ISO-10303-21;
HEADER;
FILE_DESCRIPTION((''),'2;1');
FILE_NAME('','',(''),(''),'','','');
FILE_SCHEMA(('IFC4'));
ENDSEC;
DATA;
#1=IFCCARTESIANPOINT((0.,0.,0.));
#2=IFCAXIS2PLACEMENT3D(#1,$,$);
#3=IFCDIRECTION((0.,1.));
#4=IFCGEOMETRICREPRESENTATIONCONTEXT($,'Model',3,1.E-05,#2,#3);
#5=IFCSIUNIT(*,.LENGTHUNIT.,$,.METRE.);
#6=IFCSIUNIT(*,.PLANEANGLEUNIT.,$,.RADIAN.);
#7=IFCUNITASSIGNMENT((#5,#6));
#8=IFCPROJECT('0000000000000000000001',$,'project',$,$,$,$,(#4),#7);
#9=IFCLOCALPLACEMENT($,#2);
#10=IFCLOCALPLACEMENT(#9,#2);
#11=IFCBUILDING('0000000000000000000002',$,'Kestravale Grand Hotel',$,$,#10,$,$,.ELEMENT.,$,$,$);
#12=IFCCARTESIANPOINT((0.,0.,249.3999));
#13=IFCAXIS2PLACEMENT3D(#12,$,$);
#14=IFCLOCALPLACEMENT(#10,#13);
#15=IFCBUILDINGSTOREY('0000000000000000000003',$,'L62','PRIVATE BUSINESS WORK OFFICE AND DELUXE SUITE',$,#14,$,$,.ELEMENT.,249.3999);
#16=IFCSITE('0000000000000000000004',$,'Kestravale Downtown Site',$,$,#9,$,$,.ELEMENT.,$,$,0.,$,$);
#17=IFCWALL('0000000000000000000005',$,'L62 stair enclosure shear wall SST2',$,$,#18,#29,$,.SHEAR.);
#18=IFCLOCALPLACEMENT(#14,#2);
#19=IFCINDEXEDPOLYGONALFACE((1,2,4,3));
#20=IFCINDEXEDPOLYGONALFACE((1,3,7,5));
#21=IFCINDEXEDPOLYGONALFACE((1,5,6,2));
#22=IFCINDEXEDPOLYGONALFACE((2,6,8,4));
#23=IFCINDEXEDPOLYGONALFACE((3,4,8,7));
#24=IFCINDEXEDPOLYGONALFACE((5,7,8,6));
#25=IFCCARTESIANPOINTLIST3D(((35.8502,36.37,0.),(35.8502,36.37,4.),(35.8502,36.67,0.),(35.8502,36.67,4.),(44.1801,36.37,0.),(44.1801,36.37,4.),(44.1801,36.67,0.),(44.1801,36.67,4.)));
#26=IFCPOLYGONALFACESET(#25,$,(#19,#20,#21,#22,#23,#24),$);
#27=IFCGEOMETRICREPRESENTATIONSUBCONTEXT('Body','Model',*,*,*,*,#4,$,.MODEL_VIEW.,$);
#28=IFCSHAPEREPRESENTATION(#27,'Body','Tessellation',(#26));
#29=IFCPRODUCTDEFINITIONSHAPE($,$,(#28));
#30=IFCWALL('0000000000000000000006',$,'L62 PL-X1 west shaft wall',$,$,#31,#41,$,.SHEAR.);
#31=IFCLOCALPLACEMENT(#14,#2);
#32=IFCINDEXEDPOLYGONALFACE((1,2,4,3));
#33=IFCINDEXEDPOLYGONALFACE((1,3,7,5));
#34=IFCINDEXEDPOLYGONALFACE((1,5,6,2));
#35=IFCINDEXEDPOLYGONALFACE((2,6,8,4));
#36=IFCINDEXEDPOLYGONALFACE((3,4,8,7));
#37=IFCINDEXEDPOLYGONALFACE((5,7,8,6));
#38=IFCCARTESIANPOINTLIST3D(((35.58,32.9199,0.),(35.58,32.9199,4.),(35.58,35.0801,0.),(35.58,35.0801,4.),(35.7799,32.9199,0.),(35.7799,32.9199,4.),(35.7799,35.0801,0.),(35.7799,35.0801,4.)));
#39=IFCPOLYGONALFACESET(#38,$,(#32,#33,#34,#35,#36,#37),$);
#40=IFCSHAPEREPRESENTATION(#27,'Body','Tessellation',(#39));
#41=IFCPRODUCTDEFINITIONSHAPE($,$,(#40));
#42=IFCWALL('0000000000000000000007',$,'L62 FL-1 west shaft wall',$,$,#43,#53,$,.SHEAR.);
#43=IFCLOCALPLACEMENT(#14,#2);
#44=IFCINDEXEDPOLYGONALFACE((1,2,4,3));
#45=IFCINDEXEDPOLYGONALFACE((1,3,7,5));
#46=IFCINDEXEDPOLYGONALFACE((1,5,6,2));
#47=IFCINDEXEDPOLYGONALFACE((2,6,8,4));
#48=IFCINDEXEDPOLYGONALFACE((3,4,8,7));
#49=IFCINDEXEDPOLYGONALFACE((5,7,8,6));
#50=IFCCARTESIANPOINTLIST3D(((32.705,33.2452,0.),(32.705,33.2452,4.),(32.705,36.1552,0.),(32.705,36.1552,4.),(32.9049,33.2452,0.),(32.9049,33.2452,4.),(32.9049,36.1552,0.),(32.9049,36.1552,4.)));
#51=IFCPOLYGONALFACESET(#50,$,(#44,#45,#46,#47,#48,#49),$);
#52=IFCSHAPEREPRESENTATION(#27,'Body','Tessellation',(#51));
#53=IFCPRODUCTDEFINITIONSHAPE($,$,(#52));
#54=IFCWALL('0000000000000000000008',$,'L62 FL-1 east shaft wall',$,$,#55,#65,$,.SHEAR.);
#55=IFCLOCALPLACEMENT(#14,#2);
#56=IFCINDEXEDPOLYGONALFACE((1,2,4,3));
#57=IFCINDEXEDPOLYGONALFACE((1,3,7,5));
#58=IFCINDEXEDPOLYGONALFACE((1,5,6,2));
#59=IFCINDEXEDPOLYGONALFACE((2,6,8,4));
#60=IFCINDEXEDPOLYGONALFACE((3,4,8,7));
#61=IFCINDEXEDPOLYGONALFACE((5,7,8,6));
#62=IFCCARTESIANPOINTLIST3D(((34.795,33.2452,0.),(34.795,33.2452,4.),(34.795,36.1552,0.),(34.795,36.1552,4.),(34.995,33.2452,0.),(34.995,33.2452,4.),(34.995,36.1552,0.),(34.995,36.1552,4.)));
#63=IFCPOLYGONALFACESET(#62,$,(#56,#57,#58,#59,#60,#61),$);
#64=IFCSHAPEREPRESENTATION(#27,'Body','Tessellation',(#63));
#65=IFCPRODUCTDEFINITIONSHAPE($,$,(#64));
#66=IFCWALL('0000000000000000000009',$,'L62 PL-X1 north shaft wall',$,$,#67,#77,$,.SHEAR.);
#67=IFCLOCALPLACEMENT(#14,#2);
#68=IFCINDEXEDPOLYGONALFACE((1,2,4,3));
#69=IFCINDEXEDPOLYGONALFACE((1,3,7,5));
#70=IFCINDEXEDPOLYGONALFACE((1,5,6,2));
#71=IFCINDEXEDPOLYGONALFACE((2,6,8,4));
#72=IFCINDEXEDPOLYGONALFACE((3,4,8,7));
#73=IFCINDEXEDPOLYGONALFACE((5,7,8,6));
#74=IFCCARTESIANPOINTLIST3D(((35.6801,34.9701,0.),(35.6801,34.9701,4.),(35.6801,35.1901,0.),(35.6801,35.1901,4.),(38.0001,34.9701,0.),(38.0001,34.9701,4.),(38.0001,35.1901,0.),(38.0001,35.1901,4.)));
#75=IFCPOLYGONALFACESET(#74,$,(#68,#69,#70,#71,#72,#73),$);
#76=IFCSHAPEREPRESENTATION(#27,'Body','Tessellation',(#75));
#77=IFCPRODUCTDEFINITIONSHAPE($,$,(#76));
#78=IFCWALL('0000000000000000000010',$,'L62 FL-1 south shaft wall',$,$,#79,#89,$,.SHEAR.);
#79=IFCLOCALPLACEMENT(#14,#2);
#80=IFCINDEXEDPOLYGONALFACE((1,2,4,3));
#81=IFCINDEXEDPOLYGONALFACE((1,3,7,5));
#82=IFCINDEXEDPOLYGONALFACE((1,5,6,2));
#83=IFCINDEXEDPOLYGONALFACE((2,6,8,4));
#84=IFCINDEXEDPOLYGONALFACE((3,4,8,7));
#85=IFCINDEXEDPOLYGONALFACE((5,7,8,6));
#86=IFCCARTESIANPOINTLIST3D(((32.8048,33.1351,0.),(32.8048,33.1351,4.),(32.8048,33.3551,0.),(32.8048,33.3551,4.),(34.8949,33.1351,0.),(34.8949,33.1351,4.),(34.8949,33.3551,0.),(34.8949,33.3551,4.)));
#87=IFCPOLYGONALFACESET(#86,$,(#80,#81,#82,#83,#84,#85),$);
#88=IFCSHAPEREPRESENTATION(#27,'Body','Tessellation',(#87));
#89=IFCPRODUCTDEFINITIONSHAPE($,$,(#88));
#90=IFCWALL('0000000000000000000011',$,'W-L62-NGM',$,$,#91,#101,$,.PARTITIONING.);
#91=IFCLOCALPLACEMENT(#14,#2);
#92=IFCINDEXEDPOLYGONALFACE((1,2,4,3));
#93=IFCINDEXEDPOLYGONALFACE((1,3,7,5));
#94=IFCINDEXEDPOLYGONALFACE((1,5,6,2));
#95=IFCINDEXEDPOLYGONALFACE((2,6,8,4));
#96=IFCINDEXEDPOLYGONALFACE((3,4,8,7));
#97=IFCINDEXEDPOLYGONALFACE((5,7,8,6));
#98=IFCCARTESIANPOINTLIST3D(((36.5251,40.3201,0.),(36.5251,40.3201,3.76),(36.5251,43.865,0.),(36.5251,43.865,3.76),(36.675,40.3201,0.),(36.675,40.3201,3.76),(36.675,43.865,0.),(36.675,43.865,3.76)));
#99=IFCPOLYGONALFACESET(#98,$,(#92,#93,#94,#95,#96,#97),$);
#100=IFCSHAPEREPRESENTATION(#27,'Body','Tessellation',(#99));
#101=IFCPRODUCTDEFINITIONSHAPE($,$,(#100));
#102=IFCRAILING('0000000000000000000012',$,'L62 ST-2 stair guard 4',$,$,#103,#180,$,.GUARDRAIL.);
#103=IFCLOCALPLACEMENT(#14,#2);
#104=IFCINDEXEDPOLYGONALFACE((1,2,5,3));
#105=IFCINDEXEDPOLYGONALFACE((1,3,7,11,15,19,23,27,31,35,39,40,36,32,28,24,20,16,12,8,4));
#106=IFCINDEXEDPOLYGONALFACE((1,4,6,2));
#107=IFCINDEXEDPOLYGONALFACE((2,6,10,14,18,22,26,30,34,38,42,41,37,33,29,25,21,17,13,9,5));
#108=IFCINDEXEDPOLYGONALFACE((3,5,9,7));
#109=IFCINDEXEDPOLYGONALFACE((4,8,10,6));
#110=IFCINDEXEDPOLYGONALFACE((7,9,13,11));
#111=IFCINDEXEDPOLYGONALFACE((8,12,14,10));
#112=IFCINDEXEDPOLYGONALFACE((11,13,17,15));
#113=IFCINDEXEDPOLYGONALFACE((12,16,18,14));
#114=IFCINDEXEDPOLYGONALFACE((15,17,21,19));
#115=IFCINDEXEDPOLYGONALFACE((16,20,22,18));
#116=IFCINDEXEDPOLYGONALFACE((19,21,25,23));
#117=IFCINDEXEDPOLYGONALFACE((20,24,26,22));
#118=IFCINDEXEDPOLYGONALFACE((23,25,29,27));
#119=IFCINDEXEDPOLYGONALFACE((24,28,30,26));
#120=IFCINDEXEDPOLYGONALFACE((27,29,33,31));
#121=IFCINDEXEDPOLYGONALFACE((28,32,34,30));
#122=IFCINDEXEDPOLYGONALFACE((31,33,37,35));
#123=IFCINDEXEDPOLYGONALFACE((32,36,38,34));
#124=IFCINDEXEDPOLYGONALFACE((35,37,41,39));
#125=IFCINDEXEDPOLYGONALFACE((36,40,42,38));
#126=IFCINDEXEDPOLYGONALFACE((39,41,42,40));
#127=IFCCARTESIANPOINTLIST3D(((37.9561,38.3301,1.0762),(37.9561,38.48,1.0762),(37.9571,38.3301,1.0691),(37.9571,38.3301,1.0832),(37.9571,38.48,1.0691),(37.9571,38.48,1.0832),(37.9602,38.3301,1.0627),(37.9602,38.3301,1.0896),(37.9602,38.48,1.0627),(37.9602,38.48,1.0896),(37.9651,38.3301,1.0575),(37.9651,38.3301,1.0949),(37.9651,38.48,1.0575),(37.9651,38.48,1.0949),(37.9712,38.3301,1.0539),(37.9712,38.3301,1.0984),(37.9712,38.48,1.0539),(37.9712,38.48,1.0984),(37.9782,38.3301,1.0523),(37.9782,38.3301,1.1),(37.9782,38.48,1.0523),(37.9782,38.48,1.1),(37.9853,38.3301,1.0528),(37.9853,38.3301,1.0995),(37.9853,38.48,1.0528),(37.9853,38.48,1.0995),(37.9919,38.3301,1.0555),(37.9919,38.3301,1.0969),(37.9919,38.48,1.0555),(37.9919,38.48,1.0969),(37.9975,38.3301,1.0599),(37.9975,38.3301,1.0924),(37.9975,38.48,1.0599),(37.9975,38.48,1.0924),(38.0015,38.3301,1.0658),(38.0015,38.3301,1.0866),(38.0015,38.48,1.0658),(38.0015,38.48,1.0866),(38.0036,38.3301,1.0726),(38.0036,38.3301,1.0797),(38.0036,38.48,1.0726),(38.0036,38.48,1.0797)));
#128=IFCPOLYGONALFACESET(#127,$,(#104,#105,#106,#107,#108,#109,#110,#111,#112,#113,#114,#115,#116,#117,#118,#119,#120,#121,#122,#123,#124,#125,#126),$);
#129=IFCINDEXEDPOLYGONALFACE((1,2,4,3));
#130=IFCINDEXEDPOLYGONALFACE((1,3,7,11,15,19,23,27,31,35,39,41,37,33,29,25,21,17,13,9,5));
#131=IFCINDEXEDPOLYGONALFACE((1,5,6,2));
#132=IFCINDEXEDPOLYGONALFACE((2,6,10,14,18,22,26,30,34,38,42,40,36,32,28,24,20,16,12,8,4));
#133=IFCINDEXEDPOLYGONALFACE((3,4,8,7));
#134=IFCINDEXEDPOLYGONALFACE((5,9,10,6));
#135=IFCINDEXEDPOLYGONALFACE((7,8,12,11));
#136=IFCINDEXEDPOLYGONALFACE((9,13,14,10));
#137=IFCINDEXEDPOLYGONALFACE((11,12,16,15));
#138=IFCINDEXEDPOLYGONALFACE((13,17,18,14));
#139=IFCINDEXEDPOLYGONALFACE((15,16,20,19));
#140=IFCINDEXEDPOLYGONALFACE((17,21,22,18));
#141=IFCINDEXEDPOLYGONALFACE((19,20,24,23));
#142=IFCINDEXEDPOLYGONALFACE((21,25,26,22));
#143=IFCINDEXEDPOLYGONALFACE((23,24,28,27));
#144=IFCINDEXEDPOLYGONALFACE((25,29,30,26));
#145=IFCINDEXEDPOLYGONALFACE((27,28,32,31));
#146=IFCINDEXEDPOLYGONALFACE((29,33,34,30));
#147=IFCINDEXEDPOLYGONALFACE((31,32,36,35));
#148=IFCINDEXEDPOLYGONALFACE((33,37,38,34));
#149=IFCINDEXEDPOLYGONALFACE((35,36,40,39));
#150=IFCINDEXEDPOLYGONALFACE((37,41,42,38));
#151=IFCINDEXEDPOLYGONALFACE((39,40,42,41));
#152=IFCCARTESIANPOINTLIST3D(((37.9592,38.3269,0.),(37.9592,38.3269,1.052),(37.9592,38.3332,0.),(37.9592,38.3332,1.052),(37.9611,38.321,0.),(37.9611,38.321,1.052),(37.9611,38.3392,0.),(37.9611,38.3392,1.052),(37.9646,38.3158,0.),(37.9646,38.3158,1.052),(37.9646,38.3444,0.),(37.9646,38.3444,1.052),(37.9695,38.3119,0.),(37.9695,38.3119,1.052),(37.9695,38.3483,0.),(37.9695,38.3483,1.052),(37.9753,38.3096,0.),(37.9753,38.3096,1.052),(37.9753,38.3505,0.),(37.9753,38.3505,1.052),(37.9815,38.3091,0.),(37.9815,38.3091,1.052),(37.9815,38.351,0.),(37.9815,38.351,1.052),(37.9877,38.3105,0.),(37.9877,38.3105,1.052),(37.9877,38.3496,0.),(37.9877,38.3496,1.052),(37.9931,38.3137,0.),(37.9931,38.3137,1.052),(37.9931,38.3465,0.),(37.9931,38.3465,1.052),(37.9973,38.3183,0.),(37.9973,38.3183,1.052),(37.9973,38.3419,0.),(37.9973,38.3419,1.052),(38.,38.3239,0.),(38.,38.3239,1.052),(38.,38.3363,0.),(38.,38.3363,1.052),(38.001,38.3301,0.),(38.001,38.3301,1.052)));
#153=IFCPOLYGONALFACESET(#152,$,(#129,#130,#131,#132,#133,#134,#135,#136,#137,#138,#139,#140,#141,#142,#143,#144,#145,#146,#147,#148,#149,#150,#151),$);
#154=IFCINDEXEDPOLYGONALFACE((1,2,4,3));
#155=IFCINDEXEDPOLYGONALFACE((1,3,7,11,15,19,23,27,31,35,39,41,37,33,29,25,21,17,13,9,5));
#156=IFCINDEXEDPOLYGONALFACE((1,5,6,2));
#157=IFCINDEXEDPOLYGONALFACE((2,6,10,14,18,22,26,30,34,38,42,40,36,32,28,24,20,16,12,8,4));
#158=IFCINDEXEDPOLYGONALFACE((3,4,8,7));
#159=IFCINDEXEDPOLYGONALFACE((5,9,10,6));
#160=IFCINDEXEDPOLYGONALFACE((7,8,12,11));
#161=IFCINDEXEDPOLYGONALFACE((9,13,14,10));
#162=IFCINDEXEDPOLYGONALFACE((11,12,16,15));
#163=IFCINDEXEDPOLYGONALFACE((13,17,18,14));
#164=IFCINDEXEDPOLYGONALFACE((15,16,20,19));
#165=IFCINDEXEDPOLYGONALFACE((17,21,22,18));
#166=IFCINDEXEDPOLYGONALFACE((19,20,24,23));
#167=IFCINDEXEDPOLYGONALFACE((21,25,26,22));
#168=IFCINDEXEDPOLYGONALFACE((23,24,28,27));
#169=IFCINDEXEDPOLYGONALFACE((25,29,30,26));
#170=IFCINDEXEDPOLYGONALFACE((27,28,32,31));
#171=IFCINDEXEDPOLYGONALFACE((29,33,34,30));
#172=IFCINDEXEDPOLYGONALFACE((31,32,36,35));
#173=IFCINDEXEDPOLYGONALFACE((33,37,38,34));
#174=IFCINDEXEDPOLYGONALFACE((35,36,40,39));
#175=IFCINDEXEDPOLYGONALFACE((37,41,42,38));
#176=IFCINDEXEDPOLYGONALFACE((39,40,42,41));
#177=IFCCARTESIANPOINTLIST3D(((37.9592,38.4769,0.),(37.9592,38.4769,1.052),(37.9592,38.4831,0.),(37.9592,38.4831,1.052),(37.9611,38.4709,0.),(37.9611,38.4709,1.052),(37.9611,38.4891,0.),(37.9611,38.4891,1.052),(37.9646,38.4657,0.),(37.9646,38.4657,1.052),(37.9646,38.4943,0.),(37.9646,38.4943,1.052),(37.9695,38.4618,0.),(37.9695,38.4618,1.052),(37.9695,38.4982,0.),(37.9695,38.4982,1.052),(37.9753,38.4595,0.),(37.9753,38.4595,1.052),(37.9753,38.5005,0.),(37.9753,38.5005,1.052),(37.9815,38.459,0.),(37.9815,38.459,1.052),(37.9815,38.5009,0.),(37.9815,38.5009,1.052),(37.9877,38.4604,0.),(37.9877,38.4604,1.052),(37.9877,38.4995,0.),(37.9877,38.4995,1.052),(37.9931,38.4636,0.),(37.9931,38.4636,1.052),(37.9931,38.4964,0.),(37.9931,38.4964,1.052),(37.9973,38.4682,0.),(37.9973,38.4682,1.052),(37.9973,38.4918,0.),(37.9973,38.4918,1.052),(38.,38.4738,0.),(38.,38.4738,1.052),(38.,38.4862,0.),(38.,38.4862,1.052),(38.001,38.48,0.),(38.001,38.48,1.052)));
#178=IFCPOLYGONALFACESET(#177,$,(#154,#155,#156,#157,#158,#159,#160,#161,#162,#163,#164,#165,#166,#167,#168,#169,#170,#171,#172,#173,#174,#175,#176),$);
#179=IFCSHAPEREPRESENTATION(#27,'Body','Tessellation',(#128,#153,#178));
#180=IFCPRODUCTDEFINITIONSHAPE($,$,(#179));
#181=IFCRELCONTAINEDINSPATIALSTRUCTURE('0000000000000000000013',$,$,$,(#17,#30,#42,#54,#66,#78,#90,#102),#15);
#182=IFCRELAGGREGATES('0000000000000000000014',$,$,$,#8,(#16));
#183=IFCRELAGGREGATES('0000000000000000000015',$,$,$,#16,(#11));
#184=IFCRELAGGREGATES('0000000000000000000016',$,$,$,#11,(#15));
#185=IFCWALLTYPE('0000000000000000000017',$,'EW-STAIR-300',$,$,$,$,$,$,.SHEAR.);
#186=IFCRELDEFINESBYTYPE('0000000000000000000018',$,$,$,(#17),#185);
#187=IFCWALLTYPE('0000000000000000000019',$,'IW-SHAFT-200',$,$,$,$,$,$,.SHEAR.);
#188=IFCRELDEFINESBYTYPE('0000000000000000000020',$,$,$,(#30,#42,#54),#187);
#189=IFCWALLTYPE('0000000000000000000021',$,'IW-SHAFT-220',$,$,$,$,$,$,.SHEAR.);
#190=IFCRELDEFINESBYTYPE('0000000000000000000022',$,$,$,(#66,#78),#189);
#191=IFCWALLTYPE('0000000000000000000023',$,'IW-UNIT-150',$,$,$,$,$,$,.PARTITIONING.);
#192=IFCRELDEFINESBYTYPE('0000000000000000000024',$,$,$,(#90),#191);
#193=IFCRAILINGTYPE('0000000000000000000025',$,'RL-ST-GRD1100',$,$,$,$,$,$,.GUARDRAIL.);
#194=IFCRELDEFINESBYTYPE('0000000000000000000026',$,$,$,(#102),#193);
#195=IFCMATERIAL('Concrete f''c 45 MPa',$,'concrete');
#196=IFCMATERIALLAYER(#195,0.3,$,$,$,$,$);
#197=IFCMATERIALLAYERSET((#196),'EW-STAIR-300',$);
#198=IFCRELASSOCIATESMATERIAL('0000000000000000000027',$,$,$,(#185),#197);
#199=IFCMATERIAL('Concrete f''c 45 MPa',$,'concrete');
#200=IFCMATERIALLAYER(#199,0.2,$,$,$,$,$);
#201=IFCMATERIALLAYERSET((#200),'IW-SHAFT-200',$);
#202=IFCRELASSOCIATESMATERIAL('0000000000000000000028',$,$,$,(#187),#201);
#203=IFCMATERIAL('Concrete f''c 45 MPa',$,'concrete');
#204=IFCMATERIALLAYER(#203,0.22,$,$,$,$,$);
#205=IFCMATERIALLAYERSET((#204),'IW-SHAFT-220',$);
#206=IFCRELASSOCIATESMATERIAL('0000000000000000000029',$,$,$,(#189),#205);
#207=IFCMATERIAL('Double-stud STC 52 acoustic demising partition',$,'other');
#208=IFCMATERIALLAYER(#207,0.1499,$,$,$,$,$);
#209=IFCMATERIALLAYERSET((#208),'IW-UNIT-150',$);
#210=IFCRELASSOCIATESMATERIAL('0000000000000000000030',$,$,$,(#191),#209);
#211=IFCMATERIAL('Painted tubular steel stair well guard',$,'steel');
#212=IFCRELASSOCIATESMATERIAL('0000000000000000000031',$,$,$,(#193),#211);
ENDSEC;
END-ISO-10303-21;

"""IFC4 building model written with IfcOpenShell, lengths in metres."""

from ifc_helpers import new_model, si_unit, direction, frame, frame_2d, origin, origin_2d, place, context, subcontext, project, spatial, rectangle, circle, extrude, material, layer, layer_set, type_object, element, save


model = new_model("IFC4")

# Units and contexts
model_context = context("Model", 3, precision=1e-05, world=origin(), true_north=direction((0.0, 1.0)))
body_context = subcontext(model_context, "Body", "Model", "MODEL_VIEW")
ifc_project = project(units=[si_unit("LENGTHUNIT", "METRE"), si_unit("PLANEANGLEUNIT", "RADIAN")], contexts=[model_context])

# Site, building, storey
site_placement = place(None, origin())
site = spatial("IfcSite", under=ifc_project, at=site_placement, Name="Kestravale Downtown Site", CompositionType="ELEMENT", RefElevation=0.0)
building_placement = place(site_placement, origin())
building = spatial("IfcBuilding", under=site, at=building_placement, Name="Kestravale Grand Hotel", CompositionType="ELEMENT")
storey_placement = place(building_placement, frame((0.0, 0.0, 249.3999)))
storey = spatial("IfcBuildingStorey", under=building, at=storey_placement, Name="L62", Description="PRIVATE BUSINESS WORK OFFICE AND DELUXE SUITE", CompositionType="ELEMENT", Elevation=249.3999)

# Walls
ifc_material_1 = material(Name="Concrete f'c 45 MPa", Category="concrete")
ifc_layer_1 = layer(ifc_material_1, 0.3)
ifc_layer_set_1 = layer_set([ifc_layer_1], Name="EW-STAIR-300")
wall_type_1 = type_object("IfcWallType", Name="EW-STAIR-300", PredefinedType="SHEAR", material=ifc_layer_set_1)
wall_1_placement = place(storey_placement, frame((35.8501, 36.52, 0.0), z_axis=(0.0, 0.0, 1.0), x_axis=(1.0, 0.0, 0.0)))
element("IfcWall", 1, at=wall_1_placement, inside=storey, type_object=wall_type_1, Name="L62 stair enclosure shear wall SST2", PredefinedType="SHEAR", context=body_context, shape_type="SweptSolid", body=[
    extrude(rectangle(XDim=8.3298, YDim=0.3, at=frame_2d((4.165, 0.0))), origin(), (0.0, 0.0, 1.0), 4.0),
])
ifc_material_2 = material(Name="Concrete f'c 45 MPa", Category="concrete")
ifc_layer_2 = layer(ifc_material_2, 0.2)
ifc_layer_set_2 = layer_set([ifc_layer_2], Name="IW-SHAFT-200")
wall_type_2 = type_object("IfcWallType", Name="IW-SHAFT-200", PredefinedType="SHEAR", material=ifc_layer_set_2)
wall_2_placement = place(storey_placement, frame((35.6799, 32.9199, 0.0), z_axis=(0.0, 0.0, 1.0), x_axis=(0.0, 1.0, 0.0)))
element("IfcWall", 2, at=wall_2_placement, inside=storey, type_object=wall_type_2, Name="L62 PL-X1 west shaft wall", PredefinedType="SHEAR", context=body_context, shape_type="SweptSolid", body=[
    extrude(rectangle(XDim=2.1602, YDim=0.2, at=frame_2d((1.0801, 0.0))), origin(), (0.0, 0.0, 1.0), 4.0),
])
for number, where, z_axis, x_axis, name in (
    (3, (32.8049, 33.2451, 0.0), (0.0, 0.0, 1.0), (0.0, 1.0, 0.0), "L62 FL-1 west shaft wall"),
    (4, (34.895, 33.2451, 0.0), (0.0, 0.0, 1.0), (0.0, 1.0, 0.0), "L62 FL-1 east shaft wall"),
):
    element("IfcWall", number, at=place(storey_placement, frame(where, z_axis=z_axis, x_axis=x_axis)), inside=storey, type_object=wall_type_2, Name=name, PredefinedType="SHEAR", context=body_context, shape_type="SweptSolid", body=[
        extrude(rectangle(XDim=2.9099, YDim=0.2, at=frame_2d((1.4551, 0.0))), origin(), (0.0, 0.0, 1.0), 4.0),
    ])
ifc_material_3 = material(Name="Concrete f'c 45 MPa", Category="concrete")
ifc_layer_3 = layer(ifc_material_3, 0.22)
ifc_layer_set_3 = layer_set([ifc_layer_3], Name="IW-SHAFT-220")
wall_type_3 = type_object("IfcWallType", Name="IW-SHAFT-220", PredefinedType="SHEAR", material=ifc_layer_set_3)
wall_3_placement = place(storey_placement, frame((35.6799, 35.0801, 0.0), z_axis=(0.0, 0.0, 1.0), x_axis=(1.0, 0.0, 0.0)))
element("IfcWall", 5, at=wall_3_placement, inside=storey, type_object=wall_type_3, Name="L62 PL-X1 north shaft wall", PredefinedType="SHEAR", context=body_context, shape_type="SweptSolid", body=[
    extrude(rectangle(XDim=2.3201, YDim=0.22, at=frame_2d((1.1602, 0.0))), origin(), (0.0, 0.0, 1.0), 4.0),
])

# Walls
wall_4_placement = place(storey_placement, frame((32.8049, 33.2451, 0.0), z_axis=(0.0, 0.0, 1.0), x_axis=(1.0, 0.0, 0.0)))
element("IfcWall", 6, at=wall_4_placement, inside=storey, type_object=wall_type_3, Name="L62 FL-1 south shaft wall", PredefinedType="SHEAR", context=body_context, shape_type="SweptSolid", body=[
    extrude(rectangle(XDim=2.0901, YDim=0.22, at=frame_2d((1.0449, 0.0))), origin(), (0.0, 0.0, 1.0), 4.0),
])
ifc_material_4 = material(Name="Double-stud STC 52 acoustic demising partition", Category="other")
ifc_layer_4 = layer(ifc_material_4, 0.1499)
ifc_layer_set_4 = layer_set([ifc_layer_4], Name="IW-UNIT-150")
wall_type_4 = type_object("IfcWallType", Name="IW-UNIT-150", PredefinedType="PARTITIONING", material=ifc_layer_set_4)
wall_5_placement = place(storey_placement, frame((36.6001, 40.3201, 0.0), z_axis=(0.0, 0.0, 1.0), x_axis=(0.0, 1.0, 0.0)))
element("IfcWall", 7, at=wall_5_placement, inside=storey, type_object=wall_type_4, Name="W-L62-NGM", PredefinedType="PARTITIONING", context=body_context, shape_type="SweptSolid", body=[
    extrude(rectangle(XDim=3.5449, YDim=0.1499, at=frame_2d((1.7725, 0.0))), origin(), (0.0, 0.0, 1.0), 3.76),
])

# Railing
ifc_material_5 = material(Name="Painted tubular steel stair well guard", Category="steel")
railing_type = type_object("IfcRailingType", Name="RL-ST-GRD1100", PredefinedType="GUARDRAIL", material=ifc_material_5)
railing_placement = place(storey_placement, frame((37.98, 38.3301, 0.0)))
element("IfcRailing", 8, at=railing_placement, inside=storey, type_object=railing_type, Name="L62 ST-2 stair guard 4", PredefinedType="GUARDRAIL", context=body_context, shape_type="SweptSolid", body=[
    extrude(circle(Radius=0.0239, at=origin_2d()), frame((0.0, 0.0, 1.0762), z_axis=(0.0, 1.0, 0.0), x_axis=(-1.0, 0.0, 0.0)), (0.0, 0.0, 1.0), 0.1499),
    extrude(circle(Radius=0.021, at=origin_2d()), origin(), (0.0, 0.0, 1.0), 1.052),
    extrude(circle(Radius=0.021, at=origin_2d()), frame((0.0, 0.1499, 0.0)), (0.0, 0.0, 1.0), 1.052),
])

save(model, "model.ifc")
